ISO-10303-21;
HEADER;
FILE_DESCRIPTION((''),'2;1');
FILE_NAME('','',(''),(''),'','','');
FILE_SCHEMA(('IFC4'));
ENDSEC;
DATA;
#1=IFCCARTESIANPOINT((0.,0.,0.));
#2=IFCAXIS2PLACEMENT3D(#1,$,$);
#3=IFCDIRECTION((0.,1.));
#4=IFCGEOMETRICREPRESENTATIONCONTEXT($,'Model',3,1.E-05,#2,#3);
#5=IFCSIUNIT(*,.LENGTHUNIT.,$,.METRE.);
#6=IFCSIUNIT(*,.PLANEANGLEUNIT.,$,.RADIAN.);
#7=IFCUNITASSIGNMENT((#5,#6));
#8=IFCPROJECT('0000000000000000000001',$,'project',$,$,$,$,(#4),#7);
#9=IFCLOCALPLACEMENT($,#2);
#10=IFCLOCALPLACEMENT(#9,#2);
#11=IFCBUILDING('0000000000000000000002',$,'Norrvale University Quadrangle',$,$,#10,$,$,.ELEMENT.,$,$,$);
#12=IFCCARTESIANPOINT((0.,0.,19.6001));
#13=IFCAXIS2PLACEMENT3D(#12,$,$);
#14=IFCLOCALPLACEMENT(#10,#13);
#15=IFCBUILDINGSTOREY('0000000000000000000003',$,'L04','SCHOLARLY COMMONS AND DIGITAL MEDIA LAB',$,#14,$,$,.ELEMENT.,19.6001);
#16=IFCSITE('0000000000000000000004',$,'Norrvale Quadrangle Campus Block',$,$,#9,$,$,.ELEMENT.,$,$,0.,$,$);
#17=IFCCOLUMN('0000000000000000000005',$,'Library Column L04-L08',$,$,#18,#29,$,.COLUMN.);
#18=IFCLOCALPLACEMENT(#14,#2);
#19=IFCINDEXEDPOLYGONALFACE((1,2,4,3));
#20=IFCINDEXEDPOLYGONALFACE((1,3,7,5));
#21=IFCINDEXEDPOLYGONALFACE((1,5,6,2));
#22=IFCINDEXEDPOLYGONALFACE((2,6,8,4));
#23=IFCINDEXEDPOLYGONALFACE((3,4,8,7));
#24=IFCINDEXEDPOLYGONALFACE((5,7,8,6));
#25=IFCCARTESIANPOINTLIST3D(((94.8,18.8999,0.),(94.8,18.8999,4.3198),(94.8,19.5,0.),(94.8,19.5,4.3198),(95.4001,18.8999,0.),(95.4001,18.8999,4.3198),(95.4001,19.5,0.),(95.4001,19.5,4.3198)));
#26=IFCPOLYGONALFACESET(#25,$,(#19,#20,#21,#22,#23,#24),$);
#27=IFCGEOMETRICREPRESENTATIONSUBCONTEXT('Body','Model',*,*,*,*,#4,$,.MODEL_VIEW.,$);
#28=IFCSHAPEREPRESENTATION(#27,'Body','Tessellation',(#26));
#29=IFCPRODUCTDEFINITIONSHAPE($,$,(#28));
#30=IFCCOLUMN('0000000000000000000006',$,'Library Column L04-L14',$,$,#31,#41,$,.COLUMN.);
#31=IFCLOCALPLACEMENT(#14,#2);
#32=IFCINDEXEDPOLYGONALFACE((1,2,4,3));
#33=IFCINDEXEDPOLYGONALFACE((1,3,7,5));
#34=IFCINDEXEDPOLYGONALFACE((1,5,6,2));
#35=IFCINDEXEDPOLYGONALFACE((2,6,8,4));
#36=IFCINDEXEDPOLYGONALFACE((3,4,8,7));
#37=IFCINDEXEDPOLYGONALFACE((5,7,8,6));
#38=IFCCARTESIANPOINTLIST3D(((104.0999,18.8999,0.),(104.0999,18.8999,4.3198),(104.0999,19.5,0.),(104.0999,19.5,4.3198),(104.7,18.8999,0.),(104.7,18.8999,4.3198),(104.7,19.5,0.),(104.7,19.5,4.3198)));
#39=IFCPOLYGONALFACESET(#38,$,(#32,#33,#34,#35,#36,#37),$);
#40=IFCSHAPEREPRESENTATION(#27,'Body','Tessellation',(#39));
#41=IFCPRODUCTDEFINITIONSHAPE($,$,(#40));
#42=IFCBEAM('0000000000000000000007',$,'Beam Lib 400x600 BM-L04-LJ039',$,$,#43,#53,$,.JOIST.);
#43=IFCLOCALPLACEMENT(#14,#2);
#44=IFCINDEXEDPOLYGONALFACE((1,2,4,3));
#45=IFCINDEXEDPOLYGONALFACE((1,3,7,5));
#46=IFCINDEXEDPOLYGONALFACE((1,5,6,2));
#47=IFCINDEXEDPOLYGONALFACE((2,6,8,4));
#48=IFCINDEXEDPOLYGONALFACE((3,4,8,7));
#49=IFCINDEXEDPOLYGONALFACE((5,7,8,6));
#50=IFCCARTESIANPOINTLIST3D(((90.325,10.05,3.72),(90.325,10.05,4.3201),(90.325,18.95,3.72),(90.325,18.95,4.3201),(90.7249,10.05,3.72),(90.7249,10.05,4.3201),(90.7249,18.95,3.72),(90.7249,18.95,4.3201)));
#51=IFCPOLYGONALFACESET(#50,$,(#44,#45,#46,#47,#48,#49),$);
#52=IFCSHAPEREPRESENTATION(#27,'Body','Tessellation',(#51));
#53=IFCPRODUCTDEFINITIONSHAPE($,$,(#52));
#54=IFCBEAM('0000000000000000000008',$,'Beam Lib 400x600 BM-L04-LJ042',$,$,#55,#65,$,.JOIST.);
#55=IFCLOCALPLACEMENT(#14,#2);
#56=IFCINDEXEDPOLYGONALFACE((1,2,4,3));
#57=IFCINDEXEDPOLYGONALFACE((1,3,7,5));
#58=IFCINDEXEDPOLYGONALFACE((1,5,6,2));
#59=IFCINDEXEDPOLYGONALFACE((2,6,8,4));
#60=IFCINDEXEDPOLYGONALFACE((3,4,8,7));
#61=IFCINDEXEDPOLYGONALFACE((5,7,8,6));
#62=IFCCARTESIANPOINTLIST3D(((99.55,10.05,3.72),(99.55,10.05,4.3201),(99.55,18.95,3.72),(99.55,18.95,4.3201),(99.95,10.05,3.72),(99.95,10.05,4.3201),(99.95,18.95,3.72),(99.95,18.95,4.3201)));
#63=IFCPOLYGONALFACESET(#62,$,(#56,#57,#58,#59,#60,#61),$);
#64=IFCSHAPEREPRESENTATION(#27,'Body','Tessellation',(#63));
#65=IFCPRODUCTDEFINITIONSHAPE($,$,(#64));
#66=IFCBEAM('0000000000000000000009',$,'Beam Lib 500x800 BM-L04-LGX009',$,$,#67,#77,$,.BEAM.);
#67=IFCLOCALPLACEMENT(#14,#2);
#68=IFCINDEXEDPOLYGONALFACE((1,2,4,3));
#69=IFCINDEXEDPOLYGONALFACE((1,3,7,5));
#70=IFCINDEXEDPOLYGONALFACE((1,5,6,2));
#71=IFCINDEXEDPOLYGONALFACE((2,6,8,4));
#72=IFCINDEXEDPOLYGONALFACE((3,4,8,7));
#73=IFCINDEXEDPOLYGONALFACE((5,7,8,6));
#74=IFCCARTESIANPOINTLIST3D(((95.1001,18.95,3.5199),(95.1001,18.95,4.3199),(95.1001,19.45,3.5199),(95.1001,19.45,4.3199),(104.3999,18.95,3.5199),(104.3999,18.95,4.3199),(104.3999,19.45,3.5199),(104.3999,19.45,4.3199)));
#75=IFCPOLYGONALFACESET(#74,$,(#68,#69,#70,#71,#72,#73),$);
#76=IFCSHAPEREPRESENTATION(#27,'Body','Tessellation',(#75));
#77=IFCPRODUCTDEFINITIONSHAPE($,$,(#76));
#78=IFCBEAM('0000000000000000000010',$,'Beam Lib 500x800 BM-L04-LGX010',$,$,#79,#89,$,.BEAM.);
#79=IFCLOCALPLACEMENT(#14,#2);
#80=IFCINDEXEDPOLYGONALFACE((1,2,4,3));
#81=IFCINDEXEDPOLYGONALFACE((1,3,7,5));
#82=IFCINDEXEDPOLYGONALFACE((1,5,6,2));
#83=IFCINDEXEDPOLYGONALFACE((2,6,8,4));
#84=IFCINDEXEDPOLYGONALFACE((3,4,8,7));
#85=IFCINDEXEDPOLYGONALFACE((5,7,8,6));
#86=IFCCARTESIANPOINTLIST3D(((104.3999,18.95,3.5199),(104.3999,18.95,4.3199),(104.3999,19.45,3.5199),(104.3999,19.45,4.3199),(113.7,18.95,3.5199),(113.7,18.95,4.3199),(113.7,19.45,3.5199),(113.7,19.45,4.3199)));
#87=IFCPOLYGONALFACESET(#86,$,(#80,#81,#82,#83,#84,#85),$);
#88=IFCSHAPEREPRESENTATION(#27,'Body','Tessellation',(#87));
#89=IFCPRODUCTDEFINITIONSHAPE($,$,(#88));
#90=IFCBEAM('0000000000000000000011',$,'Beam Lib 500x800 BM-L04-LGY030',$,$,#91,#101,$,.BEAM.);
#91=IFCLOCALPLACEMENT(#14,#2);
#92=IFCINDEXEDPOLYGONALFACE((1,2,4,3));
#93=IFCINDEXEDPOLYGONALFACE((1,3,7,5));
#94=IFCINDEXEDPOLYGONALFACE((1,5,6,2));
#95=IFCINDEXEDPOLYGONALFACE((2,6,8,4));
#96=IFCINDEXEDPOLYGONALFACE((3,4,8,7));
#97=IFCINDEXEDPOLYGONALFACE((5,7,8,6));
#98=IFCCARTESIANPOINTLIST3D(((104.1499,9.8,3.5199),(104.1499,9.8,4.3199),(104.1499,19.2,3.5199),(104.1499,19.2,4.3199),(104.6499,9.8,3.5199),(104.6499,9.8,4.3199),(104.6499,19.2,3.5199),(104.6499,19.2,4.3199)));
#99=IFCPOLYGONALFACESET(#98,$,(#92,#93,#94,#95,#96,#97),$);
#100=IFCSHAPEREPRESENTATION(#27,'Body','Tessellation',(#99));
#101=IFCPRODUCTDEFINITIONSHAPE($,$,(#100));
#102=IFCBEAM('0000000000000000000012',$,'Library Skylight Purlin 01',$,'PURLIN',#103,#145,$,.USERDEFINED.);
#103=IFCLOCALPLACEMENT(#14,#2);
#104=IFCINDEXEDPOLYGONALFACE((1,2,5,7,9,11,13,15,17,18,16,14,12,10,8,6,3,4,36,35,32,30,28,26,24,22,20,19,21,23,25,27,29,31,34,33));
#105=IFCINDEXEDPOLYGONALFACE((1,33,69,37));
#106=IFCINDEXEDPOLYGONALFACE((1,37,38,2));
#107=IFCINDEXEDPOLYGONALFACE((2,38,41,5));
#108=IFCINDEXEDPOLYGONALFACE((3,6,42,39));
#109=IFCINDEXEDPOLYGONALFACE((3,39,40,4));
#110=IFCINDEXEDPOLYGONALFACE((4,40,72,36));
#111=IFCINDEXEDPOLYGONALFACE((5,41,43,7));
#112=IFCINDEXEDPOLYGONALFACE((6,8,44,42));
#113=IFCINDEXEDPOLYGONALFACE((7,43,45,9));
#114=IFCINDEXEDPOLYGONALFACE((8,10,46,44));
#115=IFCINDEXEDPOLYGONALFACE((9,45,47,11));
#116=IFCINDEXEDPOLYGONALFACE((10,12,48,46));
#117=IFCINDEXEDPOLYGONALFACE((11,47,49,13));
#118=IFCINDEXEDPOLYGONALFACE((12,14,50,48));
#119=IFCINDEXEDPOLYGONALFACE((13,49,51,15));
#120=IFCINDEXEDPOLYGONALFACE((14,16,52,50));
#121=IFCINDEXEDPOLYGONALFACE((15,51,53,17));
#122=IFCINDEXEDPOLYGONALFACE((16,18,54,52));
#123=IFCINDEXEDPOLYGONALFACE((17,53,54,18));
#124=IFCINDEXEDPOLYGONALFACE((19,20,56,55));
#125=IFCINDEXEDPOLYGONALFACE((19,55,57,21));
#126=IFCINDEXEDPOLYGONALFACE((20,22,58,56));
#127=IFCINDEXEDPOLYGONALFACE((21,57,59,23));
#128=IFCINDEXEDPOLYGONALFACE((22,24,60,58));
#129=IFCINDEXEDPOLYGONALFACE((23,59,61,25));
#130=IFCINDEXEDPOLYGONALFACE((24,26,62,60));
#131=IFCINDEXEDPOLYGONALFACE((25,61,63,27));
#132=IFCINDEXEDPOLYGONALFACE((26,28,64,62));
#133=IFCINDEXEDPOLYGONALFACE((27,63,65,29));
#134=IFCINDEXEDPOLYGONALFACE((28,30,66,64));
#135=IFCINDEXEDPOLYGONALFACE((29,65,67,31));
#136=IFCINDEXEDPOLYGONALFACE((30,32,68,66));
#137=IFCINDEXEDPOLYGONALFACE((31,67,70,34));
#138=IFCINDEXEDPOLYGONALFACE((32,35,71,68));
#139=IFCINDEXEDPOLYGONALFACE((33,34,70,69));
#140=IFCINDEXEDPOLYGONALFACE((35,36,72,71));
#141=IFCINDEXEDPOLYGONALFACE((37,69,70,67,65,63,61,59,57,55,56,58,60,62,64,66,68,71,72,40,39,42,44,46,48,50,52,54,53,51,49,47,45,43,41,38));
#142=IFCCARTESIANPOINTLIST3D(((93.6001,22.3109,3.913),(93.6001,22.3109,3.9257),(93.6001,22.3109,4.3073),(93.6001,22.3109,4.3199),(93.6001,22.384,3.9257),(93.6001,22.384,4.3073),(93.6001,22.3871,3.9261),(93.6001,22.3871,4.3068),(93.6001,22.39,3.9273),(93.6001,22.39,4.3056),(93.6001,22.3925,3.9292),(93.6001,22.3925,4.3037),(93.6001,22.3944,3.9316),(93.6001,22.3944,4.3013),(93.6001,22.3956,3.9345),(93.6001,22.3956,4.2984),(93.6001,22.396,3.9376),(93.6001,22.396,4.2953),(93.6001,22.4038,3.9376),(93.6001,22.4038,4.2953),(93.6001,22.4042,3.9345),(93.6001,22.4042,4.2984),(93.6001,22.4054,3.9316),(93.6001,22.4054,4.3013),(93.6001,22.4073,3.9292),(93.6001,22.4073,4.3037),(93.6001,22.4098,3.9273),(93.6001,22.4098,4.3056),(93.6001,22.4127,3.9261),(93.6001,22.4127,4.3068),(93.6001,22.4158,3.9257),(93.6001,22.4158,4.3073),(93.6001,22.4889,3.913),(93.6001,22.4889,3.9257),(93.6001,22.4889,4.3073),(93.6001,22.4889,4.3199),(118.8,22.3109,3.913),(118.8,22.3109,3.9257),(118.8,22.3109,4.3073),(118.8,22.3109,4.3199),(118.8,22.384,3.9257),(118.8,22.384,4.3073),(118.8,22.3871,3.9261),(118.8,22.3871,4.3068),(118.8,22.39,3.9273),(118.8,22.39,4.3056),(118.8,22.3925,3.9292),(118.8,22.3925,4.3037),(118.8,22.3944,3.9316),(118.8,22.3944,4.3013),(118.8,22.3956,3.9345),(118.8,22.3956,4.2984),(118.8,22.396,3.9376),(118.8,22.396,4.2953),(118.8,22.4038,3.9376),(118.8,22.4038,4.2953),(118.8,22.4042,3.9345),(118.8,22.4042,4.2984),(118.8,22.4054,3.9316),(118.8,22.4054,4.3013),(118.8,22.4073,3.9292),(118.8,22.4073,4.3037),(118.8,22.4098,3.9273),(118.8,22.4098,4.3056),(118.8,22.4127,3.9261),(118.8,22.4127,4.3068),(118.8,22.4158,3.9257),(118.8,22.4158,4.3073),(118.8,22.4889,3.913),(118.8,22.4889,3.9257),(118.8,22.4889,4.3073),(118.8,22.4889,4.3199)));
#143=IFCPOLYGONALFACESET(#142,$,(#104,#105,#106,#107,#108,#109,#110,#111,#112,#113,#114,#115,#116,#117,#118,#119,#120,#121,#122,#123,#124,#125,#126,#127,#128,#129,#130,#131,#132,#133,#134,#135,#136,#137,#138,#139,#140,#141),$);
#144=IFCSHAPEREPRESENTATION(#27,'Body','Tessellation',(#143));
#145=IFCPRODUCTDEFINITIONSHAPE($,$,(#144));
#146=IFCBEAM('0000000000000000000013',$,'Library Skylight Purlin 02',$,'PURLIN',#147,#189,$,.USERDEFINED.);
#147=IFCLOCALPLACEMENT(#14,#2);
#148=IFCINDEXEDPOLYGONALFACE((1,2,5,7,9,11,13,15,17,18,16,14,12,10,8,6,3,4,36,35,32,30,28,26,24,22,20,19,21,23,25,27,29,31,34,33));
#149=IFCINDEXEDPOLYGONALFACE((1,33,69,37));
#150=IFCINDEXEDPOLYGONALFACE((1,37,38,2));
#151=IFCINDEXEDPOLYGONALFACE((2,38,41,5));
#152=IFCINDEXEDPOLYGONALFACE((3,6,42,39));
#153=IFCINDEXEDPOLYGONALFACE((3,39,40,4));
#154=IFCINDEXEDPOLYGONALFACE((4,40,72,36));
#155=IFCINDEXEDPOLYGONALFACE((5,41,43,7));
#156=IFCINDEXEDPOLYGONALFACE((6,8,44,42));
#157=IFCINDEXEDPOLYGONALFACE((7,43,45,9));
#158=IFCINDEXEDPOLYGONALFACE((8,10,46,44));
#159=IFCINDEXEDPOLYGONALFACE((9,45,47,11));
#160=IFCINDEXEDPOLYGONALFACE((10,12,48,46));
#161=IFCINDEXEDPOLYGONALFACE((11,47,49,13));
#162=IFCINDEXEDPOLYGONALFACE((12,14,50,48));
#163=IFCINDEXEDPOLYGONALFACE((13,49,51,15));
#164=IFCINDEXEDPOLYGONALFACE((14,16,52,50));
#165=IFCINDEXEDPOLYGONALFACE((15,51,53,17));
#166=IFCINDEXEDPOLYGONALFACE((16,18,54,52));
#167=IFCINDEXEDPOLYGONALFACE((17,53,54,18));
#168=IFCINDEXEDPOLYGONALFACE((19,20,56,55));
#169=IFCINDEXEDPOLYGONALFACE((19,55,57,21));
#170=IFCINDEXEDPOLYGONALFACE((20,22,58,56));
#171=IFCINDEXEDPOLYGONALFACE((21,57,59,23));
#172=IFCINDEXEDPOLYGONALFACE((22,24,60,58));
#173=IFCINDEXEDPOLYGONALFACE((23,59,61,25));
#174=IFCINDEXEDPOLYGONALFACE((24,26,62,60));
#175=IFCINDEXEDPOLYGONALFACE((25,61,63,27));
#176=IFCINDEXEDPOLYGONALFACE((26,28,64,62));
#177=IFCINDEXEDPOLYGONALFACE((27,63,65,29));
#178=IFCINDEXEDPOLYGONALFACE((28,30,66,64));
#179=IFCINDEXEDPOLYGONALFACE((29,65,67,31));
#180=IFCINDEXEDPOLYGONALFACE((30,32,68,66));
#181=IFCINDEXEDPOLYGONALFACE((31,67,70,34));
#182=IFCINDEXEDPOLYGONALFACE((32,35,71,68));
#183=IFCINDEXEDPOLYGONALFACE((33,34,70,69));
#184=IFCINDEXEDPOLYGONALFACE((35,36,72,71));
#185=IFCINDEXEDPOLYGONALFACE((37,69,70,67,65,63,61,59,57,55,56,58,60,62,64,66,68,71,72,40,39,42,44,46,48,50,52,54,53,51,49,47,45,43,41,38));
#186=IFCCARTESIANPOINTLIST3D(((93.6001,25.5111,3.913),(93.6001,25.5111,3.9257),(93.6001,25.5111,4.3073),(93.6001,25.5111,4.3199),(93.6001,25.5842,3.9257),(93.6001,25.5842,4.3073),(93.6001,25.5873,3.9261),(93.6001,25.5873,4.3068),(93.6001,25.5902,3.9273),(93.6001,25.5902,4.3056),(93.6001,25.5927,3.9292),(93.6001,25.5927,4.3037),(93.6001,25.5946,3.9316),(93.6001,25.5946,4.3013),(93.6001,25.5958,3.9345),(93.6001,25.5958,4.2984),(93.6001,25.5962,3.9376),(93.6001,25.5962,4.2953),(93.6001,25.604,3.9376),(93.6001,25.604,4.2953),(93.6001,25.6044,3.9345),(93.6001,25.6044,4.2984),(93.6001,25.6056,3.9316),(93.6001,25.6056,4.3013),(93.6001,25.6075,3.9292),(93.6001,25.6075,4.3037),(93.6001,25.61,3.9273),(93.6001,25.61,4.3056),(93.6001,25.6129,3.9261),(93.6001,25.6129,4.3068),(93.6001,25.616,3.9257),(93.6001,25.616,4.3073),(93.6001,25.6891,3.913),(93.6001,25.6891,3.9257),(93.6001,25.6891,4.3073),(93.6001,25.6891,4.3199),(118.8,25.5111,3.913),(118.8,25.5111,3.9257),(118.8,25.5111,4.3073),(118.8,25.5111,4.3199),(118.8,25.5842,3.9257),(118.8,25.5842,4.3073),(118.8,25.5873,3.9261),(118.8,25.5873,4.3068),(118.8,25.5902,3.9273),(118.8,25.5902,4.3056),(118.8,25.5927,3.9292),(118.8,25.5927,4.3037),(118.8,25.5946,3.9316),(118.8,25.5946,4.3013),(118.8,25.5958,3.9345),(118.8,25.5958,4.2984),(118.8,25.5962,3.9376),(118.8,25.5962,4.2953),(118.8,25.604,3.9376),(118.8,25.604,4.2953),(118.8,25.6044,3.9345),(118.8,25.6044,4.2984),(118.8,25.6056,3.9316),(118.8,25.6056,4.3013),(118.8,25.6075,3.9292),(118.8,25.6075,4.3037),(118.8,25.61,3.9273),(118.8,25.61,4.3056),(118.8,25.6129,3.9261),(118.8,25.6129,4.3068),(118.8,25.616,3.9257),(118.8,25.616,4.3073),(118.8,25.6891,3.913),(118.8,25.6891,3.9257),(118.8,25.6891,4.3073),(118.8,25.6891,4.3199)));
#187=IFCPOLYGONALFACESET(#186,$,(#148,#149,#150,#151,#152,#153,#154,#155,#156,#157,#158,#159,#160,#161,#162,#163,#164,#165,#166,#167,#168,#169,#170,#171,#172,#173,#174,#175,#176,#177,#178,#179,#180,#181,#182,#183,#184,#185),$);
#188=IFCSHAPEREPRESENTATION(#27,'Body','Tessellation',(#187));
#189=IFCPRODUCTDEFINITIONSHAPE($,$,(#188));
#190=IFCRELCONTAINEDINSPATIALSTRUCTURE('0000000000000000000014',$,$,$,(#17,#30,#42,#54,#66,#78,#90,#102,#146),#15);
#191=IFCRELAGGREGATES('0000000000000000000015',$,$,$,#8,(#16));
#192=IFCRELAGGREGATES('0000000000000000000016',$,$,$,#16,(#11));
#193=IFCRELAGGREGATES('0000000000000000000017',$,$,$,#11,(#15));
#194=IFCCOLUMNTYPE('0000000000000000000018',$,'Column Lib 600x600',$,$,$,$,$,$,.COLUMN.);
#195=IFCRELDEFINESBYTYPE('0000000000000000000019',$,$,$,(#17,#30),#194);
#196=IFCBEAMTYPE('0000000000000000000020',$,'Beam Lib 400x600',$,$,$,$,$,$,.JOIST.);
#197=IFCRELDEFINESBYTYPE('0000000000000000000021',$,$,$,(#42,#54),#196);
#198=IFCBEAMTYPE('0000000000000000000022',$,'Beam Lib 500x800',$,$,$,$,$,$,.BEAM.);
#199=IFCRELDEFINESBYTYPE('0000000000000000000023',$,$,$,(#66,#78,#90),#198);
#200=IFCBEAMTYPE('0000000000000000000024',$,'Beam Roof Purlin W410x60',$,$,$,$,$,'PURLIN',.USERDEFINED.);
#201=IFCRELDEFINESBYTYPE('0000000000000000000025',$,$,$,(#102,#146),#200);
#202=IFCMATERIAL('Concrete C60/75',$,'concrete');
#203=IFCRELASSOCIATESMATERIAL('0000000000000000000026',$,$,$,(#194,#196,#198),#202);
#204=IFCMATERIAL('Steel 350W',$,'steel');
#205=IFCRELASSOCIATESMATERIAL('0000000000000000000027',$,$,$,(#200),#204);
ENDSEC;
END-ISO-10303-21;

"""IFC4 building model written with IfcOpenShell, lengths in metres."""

from ifc_helpers import new_model, si_unit, direction, frame, origin, origin_2d, place, context, subcontext, project, spatial, rectangle, i_section, extrude, material, material_profile, profile_set, type_object, element, save


model = new_model("IFC4")

# Units and contexts
model_context = context("Model", 3, precision=1e-05, world=origin(), true_north=direction((0.0, 1.0)))
body_context = subcontext(model_context, "Body", "Model", "MODEL_VIEW")
ifc_project = project(units=[si_unit("LENGTHUNIT", "METRE"), si_unit("PLANEANGLEUNIT", "RADIAN")], contexts=[model_context])

# Site, building, storey
site_placement = place(None, origin())
site = spatial("IfcSite", under=ifc_project, at=site_placement, Name="Norrvale Quadrangle Campus Block", CompositionType="ELEMENT", RefElevation=0.0)
building_placement = place(site_placement, origin())
building = spatial("IfcBuilding", under=site, at=building_placement, Name="Norrvale University Quadrangle", CompositionType="ELEMENT")
storey_placement = place(building_placement, frame((0.0, 0.0, 19.6001)))
storey = spatial("IfcBuildingStorey", under=building, at=storey_placement, Name="L04", Description="SCHOLARLY COMMONS AND DIGITAL MEDIA LAB", CompositionType="ELEMENT", Elevation=19.6001)

# Columns
ifc_material_1 = material(Name="Concrete C60/75", Category="concrete")
ifc_material_profile_1 = material_profile(ifc_material_1, rectangle(XDim=0.6001, YDim=0.6001, at=origin_2d()), Name="Concrete C60/75")
ifc_profile_set_1 = profile_set([ifc_material_profile_1], Name="Concrete C60/75")
column_type = type_object("IfcColumnType", Name="Column Lib 600x600", PredefinedType="COLUMN", material=ifc_profile_set_1)
for number, where, z_axis, x_axis, name in (
    (1, (95.1001, 19.2, 0.0), (0.0, 0.0, 1.0), (1.0, 0.0, 0.0), "Library Column L04-L08"),
    (2, (104.3999, 19.2, 0.0), (0.0, 0.0, 1.0), (1.0, 0.0, 0.0), "Library Column L04-L14"),
):
    element("IfcColumn", number, at=place(storey_placement, frame(where, z_axis=z_axis, x_axis=x_axis)), inside=storey, type_object=column_type, Name=name, PredefinedType="COLUMN", context=body_context, shape_type="SweptSolid", body=[
        extrude(rectangle(XDim=0.6001, YDim=0.6001, at=origin_2d()), origin(), (0.0, 0.0, 1.0), 4.3198),
    ])

# Beams
ifc_material_profile_2 = material_profile(ifc_material_1, rectangle(XDim=0.3999, YDim=0.6001, at=origin_2d()), Name="Concrete C60/75")
ifc_profile_set_2 = profile_set([ifc_material_profile_2], Name="Concrete C60/75")
beam_type_1 = type_object("IfcBeamType", Name="Beam Lib 400x600", PredefinedType="JOIST", material=ifc_profile_set_2)
for number, where, z_axis, x_axis, name in (
    (3, (90.5249, 10.05, 4.02), (0.0, 1.0, 0.0), (-1.0, 0.0, 0.0), "Beam Lib 400x600 BM-L04-LJ039"),
    (4, (99.75, 10.05, 4.02), (0.0, 1.0, 0.0), (-1.0, 0.0, 0.0), "Beam Lib 400x600 BM-L04-LJ042"),
):
    element("IfcBeam", number, at=place(storey_placement, frame(where, z_axis=z_axis, x_axis=x_axis)), inside=storey, type_object=beam_type_1, Name=name, PredefinedType="JOIST", context=body_context, shape_type="SweptSolid", body=[
        extrude(rectangle(XDim=0.3999, YDim=0.6001, at=origin_2d()), origin(), (0.0, 0.0, 1.0), 8.8999),
    ])
ifc_material_profile_3 = material_profile(ifc_material_1, rectangle(XDim=0.5, YDim=0.8, at=origin_2d()), Name="Concrete C60/75")
ifc_profile_set_3 = profile_set([ifc_material_profile_3], Name="Concrete C60/75")
beam_type_2 = type_object("IfcBeamType", Name="Beam Lib 500x800", PredefinedType="BEAM", material=ifc_profile_set_3)
beam_1_placement = place(storey_placement, frame((95.1001, 19.2, 3.9199), z_axis=(1.0, 0.0, 0.0), x_axis=(0.0, 1.0, 0.0)))
element("IfcBeam", 5, at=beam_1_placement, inside=storey, type_object=beam_type_2, Name="Beam Lib 500x800 BM-L04-LGX009", PredefinedType="BEAM", context=body_context, shape_type="SweptSolid", body=[
    extrude(rectangle(XDim=0.5, YDim=0.8, at=origin_2d()), origin(), (0.0, 0.0, 1.0), 9.2998),
])
beam_2_placement = place(storey_placement, frame((104.3999, 19.2, 3.9199), z_axis=(1.0, 0.0, 0.0), x_axis=(0.0, 1.0, 0.0)))
element("IfcBeam", 6, at=beam_2_placement, inside=storey, type_object=beam_type_2, Name="Beam Lib 500x800 BM-L04-LGX010", PredefinedType="BEAM", context=body_context, shape_type="SweptSolid", body=[
    extrude(rectangle(XDim=0.5, YDim=0.8, at=origin_2d()), origin(), (0.0, 0.0, 1.0), 9.3),
])
beam_3_placement = place(storey_placement, frame((104.3999, 9.8, 3.9199), z_axis=(0.0, 1.0, 0.0), x_axis=(-1.0, 0.0, 0.0)))
element("IfcBeam", 7, at=beam_3_placement, inside=storey, type_object=beam_type_2, Name="Beam Lib 500x800 BM-L04-LGY030", PredefinedType="BEAM", context=body_context, shape_type="SweptSolid", body=[
    extrude(rectangle(XDim=0.5, YDim=0.8, at=origin_2d()), origin(), (0.0, 0.0, 1.0), 9.3999),
])
ifc_material_2 = material(Name="Steel 350W", Category="steel")
ifc_material_profile_4 = material_profile(ifc_material_2, i_section(OverallWidth=0.178, OverallDepth=0.407, WebThickness=0.0078, FlangeThickness=0.0127, FilletRadius=0.012, at=origin_2d()), Name="Steel 350W")
ifc_profile_set_4 = profile_set([ifc_material_profile_4], Name="Steel 350W")
beam_type_3 = type_object("IfcBeamType", Name="Beam Roof Purlin W410x60", ElementType="PURLIN", PredefinedType="USERDEFINED", material=ifc_profile_set_4)
for number, where, z_axis, x_axis, name in (
    (8, (93.6001, 22.3999, 4.1165), (1.0, 0.0, 0.0), (0.0, 1.0, 0.0), "Library Skylight Purlin 01"),
    (9, (93.6001, 25.6001, 4.1165), (1.0, 0.0, 0.0), (0.0, 1.0, 0.0), "Library Skylight Purlin 02"),
):
    element("IfcBeam", number, at=place(storey_placement, frame(where, z_axis=z_axis, x_axis=x_axis)), inside=storey, type_object=beam_type_3, Name=name, ObjectType="PURLIN", PredefinedType="USERDEFINED", context=body_context, shape_type="SweptSolid", body=[
        extrude(i_section(OverallWidth=0.178, OverallDepth=0.407, WebThickness=0.0078, FlangeThickness=0.0127, FilletRadius=0.012, at=origin_2d()), origin(), (0.0, 0.0, 1.0), 25.2),
    ])

save(model, "model.ifc")
